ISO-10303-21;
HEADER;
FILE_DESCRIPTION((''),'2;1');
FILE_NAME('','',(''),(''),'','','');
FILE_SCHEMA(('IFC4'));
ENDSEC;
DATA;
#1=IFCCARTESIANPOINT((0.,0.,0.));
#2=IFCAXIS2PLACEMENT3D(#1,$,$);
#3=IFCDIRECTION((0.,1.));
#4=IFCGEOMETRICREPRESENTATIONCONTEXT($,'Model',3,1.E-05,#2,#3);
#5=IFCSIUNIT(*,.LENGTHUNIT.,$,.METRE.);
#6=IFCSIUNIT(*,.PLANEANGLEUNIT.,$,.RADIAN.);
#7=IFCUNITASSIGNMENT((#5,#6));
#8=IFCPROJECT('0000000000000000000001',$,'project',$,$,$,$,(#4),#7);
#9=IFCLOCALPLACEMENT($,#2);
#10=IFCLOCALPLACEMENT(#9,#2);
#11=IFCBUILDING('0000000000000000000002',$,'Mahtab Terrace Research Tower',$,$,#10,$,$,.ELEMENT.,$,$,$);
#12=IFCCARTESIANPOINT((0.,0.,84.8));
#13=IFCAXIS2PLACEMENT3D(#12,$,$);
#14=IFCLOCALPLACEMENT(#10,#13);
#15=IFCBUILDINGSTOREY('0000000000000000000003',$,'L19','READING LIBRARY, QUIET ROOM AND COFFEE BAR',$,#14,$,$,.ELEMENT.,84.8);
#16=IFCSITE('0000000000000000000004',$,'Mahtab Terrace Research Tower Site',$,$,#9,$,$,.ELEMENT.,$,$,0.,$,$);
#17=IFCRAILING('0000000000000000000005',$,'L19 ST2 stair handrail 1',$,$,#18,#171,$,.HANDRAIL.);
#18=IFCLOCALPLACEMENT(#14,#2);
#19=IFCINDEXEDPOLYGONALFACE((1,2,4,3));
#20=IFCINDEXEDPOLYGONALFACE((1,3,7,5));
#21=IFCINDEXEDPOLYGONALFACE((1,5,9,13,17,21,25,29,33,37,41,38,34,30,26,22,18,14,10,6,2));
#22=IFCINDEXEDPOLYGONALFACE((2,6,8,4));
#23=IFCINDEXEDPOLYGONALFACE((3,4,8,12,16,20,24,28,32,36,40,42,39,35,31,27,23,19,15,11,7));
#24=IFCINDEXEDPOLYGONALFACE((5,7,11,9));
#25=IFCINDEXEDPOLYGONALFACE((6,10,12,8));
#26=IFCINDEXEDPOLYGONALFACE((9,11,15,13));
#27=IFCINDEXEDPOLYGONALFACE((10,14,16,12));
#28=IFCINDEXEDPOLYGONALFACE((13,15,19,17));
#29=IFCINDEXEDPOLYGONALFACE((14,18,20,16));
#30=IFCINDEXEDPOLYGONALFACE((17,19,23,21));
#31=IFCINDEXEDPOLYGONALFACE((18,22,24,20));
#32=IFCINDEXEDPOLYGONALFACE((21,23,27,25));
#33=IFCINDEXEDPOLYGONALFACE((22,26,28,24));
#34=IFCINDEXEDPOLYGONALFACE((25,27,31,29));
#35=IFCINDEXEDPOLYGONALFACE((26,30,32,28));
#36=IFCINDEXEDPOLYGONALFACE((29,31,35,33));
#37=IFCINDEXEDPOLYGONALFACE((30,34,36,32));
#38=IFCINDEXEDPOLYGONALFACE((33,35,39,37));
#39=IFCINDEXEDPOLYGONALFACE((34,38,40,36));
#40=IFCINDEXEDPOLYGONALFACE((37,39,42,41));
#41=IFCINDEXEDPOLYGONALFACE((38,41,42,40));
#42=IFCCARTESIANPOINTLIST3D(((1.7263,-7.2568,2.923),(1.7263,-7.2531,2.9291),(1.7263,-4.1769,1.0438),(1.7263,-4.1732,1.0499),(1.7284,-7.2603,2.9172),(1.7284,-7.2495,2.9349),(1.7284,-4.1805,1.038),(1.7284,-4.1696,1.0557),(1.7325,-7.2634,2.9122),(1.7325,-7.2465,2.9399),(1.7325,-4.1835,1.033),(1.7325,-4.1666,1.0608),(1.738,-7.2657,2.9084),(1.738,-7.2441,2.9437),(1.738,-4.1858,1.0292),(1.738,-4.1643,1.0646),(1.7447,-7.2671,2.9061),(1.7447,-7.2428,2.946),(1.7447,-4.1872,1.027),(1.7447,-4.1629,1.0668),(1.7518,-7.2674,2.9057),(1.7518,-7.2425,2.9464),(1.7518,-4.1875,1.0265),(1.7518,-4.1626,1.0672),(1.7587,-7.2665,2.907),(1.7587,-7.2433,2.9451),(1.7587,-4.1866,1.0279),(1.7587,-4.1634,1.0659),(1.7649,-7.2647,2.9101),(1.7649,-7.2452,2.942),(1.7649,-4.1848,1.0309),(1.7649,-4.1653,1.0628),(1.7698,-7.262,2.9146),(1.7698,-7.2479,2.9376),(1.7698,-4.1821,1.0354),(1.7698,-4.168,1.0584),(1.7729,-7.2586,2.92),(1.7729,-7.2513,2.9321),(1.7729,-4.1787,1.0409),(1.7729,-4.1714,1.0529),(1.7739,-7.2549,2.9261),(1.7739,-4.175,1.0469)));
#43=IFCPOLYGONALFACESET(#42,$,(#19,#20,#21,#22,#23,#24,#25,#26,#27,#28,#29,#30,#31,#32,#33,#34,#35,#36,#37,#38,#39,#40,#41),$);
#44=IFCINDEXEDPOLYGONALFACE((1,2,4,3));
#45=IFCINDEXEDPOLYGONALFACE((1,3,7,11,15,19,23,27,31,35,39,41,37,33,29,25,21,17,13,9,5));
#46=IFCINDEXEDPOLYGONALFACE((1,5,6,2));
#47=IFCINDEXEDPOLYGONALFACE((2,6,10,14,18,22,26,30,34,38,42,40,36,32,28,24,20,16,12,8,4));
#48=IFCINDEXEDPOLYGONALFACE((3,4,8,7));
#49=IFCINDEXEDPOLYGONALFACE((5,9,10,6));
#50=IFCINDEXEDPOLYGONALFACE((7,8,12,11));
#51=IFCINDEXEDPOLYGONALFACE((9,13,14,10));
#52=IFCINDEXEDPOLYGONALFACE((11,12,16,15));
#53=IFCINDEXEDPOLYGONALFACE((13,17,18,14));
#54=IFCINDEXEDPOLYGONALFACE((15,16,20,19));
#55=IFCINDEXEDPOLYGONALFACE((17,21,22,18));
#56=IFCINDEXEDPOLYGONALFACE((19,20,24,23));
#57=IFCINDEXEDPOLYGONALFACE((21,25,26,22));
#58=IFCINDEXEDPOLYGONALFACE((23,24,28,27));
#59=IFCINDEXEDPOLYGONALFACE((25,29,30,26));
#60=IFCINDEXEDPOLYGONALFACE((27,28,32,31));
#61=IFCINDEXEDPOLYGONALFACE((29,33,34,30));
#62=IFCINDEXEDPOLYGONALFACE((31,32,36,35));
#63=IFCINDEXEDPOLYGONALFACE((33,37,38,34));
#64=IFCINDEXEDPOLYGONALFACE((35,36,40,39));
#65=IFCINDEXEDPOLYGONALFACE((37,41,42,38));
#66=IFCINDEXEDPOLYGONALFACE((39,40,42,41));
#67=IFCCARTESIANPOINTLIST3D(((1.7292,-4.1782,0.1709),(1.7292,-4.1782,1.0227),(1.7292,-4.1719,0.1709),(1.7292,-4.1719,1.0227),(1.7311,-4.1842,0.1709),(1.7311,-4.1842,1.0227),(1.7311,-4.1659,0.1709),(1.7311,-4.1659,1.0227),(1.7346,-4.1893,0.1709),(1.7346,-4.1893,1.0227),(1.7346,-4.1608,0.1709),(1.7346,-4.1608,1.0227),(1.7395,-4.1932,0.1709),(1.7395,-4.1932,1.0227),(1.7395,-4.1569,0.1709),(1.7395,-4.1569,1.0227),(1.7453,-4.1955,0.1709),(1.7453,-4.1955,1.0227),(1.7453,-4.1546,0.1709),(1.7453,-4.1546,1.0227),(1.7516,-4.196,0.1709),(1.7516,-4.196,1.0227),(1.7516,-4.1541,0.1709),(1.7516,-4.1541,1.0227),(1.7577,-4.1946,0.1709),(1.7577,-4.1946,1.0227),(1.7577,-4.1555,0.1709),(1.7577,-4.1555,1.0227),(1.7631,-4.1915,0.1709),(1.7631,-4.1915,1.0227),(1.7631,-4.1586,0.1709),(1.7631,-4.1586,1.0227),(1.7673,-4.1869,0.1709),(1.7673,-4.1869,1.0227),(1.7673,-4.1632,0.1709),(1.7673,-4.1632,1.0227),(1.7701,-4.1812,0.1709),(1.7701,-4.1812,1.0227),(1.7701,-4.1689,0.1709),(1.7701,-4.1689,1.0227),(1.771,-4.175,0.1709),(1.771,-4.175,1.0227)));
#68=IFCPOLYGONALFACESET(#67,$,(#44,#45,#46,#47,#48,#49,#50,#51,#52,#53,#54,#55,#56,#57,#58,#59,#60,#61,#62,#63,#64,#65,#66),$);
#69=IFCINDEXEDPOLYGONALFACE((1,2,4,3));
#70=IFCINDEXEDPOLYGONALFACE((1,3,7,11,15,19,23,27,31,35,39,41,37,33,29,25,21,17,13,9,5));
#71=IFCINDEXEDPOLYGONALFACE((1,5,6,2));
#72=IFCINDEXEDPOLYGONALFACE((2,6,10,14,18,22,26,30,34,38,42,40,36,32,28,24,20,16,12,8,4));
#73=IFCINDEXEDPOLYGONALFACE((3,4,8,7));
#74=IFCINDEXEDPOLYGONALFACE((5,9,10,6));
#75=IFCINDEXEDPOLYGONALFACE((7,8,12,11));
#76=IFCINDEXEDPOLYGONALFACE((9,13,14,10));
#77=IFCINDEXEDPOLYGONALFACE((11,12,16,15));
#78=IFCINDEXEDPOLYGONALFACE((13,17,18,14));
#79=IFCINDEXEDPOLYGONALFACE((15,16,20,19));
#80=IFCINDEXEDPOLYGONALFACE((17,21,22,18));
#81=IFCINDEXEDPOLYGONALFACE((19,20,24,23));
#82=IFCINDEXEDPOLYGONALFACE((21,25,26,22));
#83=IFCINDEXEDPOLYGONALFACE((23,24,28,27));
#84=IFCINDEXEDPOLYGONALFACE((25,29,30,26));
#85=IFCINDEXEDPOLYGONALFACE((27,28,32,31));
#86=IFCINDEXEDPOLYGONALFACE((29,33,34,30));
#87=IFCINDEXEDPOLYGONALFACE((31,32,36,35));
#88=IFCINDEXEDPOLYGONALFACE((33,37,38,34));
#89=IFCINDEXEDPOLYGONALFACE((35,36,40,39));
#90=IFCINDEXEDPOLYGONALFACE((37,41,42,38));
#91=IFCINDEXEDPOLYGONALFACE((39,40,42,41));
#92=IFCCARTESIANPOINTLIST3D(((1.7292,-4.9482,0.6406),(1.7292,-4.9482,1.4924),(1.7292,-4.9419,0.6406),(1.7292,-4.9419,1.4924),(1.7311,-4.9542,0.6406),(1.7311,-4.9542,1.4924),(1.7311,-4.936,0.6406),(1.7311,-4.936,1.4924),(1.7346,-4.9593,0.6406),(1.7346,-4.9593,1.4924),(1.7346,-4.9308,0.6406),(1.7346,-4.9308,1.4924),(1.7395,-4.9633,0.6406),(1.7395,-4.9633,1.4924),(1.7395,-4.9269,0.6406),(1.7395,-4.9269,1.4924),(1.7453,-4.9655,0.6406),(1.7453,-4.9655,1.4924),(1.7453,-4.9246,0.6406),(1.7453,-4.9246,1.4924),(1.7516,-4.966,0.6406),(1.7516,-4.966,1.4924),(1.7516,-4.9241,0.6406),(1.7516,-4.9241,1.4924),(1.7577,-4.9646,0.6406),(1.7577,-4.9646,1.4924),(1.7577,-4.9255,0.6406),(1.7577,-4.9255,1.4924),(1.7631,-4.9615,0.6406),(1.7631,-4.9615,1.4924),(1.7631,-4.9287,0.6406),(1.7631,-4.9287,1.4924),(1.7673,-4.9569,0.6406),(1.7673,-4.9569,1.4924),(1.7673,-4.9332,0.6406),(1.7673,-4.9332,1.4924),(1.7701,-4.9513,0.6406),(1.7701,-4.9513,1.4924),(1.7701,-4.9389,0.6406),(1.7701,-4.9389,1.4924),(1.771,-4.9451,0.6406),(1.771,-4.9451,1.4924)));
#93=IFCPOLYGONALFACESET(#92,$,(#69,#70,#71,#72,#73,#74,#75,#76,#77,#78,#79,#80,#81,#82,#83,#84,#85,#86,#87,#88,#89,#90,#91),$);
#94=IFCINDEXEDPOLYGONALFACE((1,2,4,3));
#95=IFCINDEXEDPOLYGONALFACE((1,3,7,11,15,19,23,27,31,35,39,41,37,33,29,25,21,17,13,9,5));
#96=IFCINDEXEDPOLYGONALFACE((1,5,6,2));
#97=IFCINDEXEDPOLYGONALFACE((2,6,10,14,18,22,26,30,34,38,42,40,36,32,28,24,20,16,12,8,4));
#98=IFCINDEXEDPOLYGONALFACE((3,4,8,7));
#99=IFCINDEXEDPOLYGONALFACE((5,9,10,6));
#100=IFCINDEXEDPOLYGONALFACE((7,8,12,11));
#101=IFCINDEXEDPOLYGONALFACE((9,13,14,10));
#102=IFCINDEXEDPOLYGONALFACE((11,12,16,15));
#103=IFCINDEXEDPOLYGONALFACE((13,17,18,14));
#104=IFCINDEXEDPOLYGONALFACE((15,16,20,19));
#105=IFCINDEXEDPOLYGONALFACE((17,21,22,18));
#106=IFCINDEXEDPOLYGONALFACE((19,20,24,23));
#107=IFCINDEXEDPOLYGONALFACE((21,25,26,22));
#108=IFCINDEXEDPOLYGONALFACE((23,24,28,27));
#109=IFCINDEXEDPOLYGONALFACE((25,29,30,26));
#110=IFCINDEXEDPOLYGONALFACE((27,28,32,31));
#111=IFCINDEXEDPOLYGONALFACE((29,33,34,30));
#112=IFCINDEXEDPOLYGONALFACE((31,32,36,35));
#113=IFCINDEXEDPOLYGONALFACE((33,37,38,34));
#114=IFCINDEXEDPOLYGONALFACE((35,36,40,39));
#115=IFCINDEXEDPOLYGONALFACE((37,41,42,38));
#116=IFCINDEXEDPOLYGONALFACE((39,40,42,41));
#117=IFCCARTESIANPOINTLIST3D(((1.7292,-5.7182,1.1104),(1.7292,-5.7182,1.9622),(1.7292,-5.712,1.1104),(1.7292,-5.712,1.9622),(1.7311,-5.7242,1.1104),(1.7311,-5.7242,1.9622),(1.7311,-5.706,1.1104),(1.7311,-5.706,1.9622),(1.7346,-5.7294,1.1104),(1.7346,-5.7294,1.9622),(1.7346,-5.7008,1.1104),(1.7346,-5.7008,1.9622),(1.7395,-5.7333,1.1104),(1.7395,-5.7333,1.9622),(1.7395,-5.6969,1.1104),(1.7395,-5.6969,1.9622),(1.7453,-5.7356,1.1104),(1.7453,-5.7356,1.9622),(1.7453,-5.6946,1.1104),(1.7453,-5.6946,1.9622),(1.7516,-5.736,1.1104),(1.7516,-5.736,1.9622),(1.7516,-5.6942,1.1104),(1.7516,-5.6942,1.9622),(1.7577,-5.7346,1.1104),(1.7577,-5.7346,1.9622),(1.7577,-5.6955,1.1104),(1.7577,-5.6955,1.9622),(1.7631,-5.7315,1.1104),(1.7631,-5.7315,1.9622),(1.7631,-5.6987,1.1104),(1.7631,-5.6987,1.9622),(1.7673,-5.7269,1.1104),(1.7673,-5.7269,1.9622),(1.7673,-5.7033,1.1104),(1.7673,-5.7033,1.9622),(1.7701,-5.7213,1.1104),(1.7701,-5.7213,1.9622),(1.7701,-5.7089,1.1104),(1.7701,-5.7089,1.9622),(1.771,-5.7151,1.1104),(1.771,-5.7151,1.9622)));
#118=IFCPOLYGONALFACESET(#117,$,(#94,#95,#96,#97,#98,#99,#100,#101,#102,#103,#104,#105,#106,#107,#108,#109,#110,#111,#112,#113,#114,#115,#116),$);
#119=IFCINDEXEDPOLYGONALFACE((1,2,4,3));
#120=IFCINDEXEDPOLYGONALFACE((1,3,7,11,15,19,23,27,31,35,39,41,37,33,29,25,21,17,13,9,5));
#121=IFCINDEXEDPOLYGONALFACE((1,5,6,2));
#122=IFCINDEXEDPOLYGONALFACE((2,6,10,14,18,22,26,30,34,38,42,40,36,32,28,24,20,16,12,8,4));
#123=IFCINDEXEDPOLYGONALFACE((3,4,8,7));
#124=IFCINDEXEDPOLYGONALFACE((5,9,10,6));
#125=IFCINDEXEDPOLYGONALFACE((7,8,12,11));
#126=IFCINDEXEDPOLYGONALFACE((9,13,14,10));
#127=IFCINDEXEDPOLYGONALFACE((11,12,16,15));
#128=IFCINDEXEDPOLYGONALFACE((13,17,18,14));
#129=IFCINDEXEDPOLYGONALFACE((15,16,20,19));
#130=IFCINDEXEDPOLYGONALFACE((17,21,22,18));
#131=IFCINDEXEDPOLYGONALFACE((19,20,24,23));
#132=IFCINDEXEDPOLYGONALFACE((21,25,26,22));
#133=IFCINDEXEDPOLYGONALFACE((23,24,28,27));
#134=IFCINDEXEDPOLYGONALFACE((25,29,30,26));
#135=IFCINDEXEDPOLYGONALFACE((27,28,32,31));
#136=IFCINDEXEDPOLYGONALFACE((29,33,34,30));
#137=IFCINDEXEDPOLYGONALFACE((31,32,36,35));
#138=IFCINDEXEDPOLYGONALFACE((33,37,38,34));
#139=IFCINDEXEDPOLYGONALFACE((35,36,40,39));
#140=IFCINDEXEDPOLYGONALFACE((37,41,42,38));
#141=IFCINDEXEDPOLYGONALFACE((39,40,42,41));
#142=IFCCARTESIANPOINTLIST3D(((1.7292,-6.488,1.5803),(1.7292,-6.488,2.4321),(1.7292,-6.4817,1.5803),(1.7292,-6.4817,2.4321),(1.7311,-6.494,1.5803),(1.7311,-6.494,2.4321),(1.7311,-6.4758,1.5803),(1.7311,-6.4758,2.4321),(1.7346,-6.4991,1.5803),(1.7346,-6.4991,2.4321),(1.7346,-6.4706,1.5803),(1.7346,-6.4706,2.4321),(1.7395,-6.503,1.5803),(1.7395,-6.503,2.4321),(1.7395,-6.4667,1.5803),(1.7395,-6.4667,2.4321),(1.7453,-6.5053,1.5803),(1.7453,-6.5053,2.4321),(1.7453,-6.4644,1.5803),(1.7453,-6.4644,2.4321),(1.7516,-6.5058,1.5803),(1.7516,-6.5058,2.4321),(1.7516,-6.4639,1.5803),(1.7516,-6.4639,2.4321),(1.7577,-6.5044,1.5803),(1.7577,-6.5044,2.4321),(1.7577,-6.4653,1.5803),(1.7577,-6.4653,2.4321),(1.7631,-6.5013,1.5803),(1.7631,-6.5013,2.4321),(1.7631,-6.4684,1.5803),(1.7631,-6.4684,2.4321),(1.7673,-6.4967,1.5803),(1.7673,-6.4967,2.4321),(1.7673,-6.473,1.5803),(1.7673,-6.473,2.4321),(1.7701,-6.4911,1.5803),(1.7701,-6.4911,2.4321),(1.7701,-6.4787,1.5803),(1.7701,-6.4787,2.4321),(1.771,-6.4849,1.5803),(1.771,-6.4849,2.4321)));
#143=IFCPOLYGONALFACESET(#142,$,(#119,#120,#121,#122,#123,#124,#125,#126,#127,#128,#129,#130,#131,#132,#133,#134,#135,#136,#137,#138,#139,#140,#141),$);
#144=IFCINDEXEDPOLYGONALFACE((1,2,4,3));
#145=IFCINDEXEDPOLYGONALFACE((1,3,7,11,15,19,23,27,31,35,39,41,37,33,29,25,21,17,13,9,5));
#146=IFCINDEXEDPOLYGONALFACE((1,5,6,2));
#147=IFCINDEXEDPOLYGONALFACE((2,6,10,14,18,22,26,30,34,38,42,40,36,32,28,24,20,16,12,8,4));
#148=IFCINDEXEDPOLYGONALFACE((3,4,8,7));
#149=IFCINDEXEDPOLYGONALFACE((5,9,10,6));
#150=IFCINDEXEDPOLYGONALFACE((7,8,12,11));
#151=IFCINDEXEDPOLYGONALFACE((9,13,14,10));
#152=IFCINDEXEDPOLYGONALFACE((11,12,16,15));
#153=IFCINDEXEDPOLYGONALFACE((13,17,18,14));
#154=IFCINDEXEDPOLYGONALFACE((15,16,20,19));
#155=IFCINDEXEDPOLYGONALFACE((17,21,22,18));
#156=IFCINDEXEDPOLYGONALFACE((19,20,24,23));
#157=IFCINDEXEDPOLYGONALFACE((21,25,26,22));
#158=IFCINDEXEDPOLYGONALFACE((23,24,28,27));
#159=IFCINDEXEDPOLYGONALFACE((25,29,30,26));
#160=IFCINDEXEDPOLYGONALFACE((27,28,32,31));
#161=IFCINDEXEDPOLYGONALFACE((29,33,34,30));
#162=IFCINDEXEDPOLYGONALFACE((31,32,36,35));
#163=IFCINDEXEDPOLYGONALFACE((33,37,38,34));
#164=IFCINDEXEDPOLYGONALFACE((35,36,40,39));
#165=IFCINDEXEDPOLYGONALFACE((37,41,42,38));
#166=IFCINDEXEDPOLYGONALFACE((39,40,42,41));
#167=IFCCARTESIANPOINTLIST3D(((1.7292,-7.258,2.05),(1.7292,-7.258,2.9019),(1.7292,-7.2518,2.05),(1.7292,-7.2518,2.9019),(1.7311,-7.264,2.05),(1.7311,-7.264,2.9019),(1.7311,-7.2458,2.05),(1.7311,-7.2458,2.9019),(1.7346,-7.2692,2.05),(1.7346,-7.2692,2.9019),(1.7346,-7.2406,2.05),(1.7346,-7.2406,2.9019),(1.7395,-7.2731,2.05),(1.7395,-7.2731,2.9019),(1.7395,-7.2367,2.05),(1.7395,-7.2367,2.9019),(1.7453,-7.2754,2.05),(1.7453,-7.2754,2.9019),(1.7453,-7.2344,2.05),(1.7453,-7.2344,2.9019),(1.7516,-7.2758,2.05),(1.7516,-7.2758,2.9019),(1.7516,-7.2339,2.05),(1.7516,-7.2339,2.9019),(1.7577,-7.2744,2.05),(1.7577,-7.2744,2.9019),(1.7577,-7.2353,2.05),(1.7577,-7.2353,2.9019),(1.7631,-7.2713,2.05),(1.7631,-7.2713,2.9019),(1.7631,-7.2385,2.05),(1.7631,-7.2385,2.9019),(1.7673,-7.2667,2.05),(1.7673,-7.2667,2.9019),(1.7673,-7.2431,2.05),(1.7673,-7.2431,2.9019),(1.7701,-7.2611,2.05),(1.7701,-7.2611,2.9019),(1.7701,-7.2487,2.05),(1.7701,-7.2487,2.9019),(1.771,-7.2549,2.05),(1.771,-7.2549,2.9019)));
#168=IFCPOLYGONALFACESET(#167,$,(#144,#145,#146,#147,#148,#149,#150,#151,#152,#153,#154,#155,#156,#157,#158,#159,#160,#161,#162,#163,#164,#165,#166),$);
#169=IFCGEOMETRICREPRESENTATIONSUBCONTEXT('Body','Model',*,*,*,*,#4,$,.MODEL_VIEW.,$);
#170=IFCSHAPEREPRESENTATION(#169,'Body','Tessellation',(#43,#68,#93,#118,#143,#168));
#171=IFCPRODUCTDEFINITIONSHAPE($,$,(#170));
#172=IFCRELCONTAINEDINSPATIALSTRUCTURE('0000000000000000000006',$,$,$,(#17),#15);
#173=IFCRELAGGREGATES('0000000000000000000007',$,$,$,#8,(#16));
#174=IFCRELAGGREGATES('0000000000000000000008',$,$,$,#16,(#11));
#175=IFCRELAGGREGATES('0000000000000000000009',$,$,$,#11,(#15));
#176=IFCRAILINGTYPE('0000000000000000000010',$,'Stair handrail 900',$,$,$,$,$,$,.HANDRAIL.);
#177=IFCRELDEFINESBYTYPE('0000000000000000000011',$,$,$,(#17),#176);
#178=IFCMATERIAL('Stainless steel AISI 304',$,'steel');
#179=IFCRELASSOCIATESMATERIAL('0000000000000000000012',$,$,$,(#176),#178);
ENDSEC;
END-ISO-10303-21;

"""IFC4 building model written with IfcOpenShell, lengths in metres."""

from ifc_helpers import new_model, si_unit, direction, frame, origin, origin_2d, place, context, subcontext, project, spatial, circle, extrude, material, type_object, element, save


model = new_model("IFC4")

# Units and contexts
model_context = context("Model", 3, precision=1e-05, world=origin(), true_north=direction((0.0, 1.0)))
body_context = subcontext(model_context, "Body", "Model", "MODEL_VIEW")
ifc_project = project(units=[si_unit("LENGTHUNIT", "METRE"), si_unit("PLANEANGLEUNIT", "RADIAN")], contexts=[model_context])

# Site, building, storey
site_placement = place(None, origin())
site = spatial("IfcSite", under=ifc_project, at=site_placement, Name="Mahtab Terrace Research Tower Site", CompositionType="ELEMENT", RefElevation=0.0)
building_placement = place(site_placement, origin())
building = spatial("IfcBuilding", under=site, at=building_placement, Name="Mahtab Terrace Research Tower", CompositionType="ELEMENT")
storey_placement = place(building_placement, frame((0.0, 0.0, 84.8)))
storey = spatial("IfcBuildingStorey", under=building, at=storey_placement, Name="L19", Description="READING LIBRARY, QUIET ROOM AND COFFEE BAR", CompositionType="ELEMENT", Elevation=84.8)

# Railing
ifc_material_1 = material(Name="Stainless steel AISI 304", Category="steel")
railing_type = type_object("IfcRailingType", Name="Stair handrail 900", PredefinedType="HANDRAIL", material=ifc_material_1)
railing_placement = place(storey_placement, frame((1.75, -4.175, 0.1709)))
element("IfcRailing", 1, at=railing_placement, inside=storey, type_object=railing_type, Name="L19 ST2 stair handrail 1", PredefinedType="HANDRAIL", context=body_context, shape_type="SweptSolid", body=[
    extrude(circle(Radius=0.0239, at=origin_2d()), frame((0.0, 0.0, 0.876), z_axis=(0.0, -0.853648, 0.52085), x_axis=(1.0, 0.0, 0.0)), (0.0, 0.0, 1.0), 3.6079),
    extrude(circle(Radius=0.021, at=origin_2d()), origin(), (0.0, 0.0, 1.0), 0.8518),
    extrude(circle(Radius=0.021, at=origin_2d()), frame((0.0, -0.77, 0.4697)), (0.0, 0.0, 1.0), 0.8518),
    extrude(circle(Radius=0.021, at=origin_2d()), frame((0.0, -1.54, 0.9395)), (0.0, 0.0, 1.0), 0.8518),
    extrude(circle(Radius=0.021, at=origin_2d()), frame((0.0, -2.3098, 1.4094)), (0.0, 0.0, 1.0), 0.8518),
    extrude(circle(Radius=0.021, at=origin_2d()), frame((0.0, -3.0798, 1.8792)), (0.0, 0.0, 1.0), 0.8518),
])

save(model, "model.ifc")
